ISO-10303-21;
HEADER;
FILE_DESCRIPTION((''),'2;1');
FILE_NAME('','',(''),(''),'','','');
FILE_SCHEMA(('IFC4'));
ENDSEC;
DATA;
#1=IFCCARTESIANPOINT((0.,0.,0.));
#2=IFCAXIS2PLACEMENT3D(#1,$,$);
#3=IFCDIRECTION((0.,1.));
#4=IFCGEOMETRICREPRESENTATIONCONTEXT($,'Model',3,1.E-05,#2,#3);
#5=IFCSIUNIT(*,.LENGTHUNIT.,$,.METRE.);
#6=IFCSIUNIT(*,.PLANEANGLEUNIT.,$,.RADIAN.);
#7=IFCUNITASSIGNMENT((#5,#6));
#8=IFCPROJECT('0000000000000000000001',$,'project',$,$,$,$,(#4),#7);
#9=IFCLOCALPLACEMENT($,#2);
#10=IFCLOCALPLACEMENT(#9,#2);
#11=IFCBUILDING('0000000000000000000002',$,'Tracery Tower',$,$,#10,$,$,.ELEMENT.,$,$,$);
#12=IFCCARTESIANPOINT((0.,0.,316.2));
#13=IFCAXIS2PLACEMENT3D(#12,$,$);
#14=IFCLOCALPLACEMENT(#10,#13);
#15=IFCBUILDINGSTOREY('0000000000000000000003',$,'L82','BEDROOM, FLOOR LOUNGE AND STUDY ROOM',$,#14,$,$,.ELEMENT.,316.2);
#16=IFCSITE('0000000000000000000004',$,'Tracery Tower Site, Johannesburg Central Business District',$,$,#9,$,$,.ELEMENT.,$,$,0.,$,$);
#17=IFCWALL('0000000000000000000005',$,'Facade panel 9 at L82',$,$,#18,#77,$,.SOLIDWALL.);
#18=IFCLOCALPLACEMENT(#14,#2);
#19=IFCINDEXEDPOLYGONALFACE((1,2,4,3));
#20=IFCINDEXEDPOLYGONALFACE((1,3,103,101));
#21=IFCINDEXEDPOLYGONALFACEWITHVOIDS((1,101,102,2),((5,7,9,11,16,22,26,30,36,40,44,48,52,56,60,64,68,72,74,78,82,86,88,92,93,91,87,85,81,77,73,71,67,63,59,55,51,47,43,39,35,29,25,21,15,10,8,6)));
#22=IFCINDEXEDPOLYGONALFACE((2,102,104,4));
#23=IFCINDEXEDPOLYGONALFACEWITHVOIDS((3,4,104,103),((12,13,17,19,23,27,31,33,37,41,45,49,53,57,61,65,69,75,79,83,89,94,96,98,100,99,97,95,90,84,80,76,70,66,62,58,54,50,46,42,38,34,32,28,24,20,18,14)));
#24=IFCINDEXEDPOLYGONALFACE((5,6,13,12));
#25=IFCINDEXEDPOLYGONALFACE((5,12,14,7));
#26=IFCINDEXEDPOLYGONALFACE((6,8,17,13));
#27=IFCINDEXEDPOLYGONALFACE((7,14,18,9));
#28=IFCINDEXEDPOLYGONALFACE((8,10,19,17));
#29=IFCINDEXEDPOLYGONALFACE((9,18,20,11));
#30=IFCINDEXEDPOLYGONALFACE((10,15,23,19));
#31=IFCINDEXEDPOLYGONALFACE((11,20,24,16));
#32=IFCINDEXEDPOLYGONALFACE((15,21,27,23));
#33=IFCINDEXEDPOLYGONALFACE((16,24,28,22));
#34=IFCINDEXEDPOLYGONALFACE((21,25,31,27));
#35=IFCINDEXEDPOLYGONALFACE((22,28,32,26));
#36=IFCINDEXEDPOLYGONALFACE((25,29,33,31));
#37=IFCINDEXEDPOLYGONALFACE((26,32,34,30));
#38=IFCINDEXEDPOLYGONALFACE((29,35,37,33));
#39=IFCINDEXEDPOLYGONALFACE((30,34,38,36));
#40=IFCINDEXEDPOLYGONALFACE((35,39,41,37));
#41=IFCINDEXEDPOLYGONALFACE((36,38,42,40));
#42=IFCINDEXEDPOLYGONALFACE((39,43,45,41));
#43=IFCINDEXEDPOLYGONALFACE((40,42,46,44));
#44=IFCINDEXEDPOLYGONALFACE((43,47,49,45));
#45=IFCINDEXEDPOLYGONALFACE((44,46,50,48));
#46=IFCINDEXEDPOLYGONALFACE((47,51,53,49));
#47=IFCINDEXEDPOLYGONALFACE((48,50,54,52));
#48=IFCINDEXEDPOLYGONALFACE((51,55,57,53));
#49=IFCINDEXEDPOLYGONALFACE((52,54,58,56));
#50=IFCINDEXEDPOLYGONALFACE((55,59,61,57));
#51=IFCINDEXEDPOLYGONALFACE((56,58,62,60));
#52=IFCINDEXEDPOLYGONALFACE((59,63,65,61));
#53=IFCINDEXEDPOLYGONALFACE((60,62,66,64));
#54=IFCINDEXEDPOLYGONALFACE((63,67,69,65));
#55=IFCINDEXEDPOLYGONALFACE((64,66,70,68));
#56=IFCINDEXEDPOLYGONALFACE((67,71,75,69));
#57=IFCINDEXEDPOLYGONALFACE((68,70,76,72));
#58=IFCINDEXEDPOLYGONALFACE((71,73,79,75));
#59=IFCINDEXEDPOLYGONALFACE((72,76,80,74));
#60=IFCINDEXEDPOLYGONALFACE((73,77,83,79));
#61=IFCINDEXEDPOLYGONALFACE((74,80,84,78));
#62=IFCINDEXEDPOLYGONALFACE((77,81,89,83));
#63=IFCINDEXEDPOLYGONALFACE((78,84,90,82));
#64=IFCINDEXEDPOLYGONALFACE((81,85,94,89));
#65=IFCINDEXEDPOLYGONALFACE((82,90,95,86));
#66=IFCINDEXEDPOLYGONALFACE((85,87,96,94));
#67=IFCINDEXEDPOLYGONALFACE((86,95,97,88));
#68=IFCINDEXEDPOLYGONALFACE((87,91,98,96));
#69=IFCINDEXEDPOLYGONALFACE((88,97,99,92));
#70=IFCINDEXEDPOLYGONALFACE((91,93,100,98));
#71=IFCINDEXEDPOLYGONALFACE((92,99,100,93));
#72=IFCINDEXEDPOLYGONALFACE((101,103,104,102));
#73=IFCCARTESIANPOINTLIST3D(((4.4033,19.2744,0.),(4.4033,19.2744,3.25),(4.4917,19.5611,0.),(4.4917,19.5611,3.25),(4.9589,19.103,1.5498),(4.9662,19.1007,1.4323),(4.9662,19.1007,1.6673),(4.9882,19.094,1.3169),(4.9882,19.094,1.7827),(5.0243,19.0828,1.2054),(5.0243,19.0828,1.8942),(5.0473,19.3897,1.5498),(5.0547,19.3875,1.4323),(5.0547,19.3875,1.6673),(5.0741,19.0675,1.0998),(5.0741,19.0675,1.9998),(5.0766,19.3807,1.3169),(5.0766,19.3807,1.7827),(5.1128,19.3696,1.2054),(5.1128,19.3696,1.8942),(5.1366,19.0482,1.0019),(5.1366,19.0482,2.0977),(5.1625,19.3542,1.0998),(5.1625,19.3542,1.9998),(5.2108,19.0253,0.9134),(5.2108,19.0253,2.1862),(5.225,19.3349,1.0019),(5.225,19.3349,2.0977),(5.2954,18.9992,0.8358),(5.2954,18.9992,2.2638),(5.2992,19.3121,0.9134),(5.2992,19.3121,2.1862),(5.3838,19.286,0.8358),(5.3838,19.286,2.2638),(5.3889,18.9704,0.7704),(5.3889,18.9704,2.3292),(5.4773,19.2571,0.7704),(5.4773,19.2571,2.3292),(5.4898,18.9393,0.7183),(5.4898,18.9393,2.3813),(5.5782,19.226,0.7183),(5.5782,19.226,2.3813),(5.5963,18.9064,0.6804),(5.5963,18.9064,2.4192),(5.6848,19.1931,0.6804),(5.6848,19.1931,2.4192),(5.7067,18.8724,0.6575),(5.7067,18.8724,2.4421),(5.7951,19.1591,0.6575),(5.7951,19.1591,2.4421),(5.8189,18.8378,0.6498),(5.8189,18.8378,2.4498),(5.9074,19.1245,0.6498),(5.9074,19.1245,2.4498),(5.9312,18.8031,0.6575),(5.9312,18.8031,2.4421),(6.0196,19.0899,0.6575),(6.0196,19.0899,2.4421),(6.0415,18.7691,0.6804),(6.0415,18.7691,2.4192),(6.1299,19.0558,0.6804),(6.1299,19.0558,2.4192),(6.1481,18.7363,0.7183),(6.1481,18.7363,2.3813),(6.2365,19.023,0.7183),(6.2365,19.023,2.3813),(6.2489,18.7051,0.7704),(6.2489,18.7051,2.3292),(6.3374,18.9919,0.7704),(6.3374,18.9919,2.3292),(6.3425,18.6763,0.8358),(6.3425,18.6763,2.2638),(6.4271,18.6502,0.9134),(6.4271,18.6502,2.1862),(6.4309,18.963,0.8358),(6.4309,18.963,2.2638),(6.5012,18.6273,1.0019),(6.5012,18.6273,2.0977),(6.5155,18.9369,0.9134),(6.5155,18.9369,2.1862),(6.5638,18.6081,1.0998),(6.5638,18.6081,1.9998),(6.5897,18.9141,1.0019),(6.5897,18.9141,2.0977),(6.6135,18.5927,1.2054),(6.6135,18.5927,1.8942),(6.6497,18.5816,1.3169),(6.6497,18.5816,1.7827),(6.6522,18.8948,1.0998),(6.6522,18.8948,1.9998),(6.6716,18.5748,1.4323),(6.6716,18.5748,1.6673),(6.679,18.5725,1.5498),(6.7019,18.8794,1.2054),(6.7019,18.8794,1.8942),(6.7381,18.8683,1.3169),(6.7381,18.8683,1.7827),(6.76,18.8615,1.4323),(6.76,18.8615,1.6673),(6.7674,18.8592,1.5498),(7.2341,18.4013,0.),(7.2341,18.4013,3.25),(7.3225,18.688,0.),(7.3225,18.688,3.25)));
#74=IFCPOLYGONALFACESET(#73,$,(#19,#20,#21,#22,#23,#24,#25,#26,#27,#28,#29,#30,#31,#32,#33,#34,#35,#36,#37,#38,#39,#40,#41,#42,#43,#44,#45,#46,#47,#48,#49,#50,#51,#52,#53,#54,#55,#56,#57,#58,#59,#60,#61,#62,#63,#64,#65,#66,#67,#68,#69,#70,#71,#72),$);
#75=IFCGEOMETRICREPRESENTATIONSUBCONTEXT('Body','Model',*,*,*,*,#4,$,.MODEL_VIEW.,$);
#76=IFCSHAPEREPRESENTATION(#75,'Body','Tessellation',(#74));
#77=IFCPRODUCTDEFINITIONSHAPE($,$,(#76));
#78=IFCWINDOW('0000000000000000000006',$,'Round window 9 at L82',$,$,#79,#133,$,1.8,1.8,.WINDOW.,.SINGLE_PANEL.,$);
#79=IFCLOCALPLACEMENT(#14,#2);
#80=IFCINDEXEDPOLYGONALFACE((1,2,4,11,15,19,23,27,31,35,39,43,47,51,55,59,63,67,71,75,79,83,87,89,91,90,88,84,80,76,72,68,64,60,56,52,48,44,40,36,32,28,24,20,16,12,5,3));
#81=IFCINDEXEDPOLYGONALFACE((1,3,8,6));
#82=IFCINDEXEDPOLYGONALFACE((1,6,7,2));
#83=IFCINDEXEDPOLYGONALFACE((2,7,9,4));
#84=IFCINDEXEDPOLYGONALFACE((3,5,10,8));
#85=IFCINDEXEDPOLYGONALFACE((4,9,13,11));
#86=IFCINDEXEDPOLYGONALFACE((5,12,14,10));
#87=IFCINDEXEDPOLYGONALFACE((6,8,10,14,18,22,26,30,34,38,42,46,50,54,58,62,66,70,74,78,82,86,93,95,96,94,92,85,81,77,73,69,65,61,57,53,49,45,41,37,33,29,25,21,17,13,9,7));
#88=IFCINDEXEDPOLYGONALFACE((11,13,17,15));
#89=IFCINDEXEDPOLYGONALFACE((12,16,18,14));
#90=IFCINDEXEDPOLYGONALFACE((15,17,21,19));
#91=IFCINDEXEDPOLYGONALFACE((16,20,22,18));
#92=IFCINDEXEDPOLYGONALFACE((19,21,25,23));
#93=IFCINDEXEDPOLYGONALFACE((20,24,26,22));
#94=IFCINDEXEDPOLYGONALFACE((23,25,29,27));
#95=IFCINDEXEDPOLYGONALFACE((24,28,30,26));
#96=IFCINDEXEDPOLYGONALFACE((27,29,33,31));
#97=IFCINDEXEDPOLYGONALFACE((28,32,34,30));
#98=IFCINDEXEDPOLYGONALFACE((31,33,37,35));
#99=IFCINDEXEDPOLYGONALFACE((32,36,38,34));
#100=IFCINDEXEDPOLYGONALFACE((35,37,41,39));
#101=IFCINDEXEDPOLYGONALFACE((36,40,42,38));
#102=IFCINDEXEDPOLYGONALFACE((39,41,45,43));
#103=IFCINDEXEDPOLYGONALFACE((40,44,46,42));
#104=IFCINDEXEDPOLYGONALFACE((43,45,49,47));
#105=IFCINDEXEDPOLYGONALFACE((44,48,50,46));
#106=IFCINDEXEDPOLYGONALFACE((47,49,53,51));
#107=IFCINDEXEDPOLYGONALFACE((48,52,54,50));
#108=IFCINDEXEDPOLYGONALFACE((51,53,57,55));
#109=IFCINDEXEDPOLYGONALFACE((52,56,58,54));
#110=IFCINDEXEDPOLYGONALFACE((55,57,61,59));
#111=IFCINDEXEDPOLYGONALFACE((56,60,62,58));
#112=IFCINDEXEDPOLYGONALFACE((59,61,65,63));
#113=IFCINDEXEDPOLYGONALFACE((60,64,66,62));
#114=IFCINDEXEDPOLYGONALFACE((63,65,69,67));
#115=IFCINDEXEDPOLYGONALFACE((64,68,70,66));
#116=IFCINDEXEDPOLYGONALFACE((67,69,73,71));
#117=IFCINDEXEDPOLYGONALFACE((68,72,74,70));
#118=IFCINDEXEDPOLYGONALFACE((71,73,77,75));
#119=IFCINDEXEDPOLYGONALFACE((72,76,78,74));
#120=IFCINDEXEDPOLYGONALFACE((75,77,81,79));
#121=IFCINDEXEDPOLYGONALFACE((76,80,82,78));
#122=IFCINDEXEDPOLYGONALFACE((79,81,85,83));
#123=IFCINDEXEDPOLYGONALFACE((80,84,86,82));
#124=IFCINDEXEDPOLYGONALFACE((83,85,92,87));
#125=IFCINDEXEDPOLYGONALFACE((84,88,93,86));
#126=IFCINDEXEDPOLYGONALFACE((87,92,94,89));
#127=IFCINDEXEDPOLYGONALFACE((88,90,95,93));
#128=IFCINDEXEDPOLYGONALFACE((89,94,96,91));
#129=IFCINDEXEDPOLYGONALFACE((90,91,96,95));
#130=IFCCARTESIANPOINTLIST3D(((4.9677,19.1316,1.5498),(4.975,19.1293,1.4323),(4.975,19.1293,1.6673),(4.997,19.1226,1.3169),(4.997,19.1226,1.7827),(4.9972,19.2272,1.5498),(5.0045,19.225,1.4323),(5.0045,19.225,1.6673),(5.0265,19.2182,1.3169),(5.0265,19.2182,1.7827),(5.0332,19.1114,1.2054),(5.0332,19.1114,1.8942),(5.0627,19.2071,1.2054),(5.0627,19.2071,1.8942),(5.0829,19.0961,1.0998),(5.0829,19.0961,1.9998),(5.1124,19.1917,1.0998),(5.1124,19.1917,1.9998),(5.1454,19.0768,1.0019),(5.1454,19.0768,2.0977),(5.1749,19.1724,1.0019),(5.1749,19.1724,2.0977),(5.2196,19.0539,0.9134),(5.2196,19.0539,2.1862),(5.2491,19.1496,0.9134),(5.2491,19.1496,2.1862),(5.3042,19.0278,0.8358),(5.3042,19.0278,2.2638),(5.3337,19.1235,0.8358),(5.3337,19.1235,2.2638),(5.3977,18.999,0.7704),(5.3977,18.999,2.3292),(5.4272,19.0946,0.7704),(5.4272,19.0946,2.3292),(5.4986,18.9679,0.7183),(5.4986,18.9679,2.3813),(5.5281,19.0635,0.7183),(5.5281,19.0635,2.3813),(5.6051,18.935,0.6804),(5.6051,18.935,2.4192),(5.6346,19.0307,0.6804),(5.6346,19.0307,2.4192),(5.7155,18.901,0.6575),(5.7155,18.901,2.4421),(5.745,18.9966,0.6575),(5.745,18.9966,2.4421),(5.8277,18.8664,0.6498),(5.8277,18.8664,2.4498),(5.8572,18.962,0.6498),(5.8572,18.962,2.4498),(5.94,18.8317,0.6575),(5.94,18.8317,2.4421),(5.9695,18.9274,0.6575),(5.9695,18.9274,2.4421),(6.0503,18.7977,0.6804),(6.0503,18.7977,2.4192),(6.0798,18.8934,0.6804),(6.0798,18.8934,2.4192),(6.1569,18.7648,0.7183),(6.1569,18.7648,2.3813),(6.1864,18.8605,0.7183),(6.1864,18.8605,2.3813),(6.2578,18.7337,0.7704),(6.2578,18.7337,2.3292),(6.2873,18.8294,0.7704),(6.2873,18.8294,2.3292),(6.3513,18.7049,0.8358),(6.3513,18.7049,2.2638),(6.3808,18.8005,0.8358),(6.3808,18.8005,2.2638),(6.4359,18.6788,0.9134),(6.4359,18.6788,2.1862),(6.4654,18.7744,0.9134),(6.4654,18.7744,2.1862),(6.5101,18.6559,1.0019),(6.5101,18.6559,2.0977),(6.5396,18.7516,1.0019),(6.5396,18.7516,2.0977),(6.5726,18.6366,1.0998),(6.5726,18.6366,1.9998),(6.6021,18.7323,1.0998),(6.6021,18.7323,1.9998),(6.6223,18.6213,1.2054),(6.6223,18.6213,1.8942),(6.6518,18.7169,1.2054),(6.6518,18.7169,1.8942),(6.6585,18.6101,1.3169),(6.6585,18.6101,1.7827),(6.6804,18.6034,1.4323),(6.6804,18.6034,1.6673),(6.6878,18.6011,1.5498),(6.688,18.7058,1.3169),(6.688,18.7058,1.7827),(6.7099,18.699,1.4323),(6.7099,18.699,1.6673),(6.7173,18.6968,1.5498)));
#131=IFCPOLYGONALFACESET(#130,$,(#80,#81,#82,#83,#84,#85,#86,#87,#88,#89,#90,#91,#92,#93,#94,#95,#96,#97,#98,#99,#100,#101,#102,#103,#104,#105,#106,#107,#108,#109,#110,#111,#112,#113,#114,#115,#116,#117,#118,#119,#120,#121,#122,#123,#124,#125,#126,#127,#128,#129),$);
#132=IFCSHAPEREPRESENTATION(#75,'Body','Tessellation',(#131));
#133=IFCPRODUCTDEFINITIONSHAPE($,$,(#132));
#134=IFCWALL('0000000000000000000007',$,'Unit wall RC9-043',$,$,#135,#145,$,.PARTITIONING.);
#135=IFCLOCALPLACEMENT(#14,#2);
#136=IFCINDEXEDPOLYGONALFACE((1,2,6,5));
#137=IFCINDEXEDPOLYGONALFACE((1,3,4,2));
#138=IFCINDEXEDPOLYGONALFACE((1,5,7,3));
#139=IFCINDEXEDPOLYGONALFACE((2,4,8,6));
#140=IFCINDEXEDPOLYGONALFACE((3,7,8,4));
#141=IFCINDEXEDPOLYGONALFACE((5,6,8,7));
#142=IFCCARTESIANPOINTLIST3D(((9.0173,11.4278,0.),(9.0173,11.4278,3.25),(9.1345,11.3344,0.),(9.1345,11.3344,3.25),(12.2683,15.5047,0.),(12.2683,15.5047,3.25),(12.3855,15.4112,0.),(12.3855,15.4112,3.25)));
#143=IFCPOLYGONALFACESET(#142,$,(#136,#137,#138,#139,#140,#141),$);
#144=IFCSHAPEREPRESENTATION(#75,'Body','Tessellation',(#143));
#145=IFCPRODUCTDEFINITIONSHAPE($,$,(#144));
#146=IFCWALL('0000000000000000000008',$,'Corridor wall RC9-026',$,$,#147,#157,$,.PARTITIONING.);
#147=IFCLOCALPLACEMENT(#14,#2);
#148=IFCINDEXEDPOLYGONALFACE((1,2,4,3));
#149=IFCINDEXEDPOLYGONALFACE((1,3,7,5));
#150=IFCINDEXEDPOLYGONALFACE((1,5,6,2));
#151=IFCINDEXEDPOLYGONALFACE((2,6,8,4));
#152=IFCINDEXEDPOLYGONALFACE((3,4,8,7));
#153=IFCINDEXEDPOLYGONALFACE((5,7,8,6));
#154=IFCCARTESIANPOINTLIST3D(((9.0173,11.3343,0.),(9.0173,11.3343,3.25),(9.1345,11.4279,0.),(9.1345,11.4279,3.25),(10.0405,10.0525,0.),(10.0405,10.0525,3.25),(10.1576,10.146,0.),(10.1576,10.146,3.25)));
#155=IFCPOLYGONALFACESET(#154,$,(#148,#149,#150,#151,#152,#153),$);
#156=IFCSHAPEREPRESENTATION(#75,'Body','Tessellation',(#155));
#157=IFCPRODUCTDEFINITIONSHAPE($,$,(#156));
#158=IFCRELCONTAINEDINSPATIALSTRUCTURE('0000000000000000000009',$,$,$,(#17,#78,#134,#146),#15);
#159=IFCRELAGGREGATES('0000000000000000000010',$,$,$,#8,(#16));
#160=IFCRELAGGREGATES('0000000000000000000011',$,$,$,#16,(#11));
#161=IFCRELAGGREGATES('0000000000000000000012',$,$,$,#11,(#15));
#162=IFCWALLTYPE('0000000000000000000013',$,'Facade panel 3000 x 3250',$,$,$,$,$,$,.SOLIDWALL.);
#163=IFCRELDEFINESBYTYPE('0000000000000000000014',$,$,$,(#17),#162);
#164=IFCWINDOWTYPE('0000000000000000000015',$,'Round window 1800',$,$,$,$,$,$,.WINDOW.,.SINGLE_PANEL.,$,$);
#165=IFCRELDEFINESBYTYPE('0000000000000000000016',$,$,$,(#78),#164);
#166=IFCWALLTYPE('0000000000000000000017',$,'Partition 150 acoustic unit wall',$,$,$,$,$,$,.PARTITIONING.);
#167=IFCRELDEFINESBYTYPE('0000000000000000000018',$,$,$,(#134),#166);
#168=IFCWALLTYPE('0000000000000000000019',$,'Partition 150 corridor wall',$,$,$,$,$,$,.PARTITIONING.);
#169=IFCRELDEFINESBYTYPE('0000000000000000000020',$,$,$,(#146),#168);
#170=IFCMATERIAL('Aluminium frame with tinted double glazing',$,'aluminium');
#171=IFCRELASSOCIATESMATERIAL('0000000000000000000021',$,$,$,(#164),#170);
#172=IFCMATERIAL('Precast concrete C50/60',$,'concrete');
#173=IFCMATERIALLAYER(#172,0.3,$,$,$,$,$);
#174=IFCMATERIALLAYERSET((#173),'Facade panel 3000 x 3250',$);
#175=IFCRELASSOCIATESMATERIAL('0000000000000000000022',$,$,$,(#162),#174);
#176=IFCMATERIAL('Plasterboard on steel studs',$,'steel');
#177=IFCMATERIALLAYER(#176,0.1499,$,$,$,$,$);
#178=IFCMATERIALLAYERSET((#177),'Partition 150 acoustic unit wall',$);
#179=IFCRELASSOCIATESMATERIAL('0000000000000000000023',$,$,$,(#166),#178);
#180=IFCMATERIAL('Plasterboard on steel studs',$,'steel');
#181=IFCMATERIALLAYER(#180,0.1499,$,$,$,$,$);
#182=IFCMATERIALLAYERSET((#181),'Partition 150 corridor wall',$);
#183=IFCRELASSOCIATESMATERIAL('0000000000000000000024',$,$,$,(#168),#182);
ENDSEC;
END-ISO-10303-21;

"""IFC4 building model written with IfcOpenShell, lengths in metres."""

from ifc_helpers import new_model, si_unit, direction, frame, frame_2d, origin, origin_2d, place, context, subcontext, project, spatial, rectangle, circle, extrude, material, layer, layer_set, type_object, element, fill, save


model = new_model("IFC4")

# Units and contexts
model_context = context("Model", 3, precision=1e-05, world=origin(), true_north=direction((0.0, 1.0)))
body_context = subcontext(model_context, "Body", "Model", "MODEL_VIEW")
ifc_project = project(units=[si_unit("LENGTHUNIT", "METRE"), si_unit("PLANEANGLEUNIT", "RADIAN")], contexts=[model_context])

# Site, building, storey
site_placement = place(None, origin())
site = spatial("IfcSite", under=ifc_project, at=site_placement, Name="Tracery Tower Site, Johannesburg Central Business District", CompositionType="ELEMENT", RefElevation=0.0)
building_placement = place(site_placement, origin())
building = spatial("IfcBuilding", under=site, at=building_placement, Name="Tracery Tower", CompositionType="ELEMENT")
storey_placement = place(building_placement, frame((0.0, 0.0, 316.2)))
storey = spatial("IfcBuildingStorey", under=building, at=storey_placement, Name="L82", Description="BEDROOM, FLOOR LOUNGE AND STUDY ROOM", CompositionType="ELEMENT", Elevation=316.2)

# Wall, opening, window
ifc_material_1 = material(Name="Aluminium frame with tinted double glazing", Category="aluminium")
window_type = type_object("IfcWindowType", Name="Round window 1800", PartitioningType="SINGLE_PANEL", PredefinedType="WINDOW", material=ifc_material_1)
ifc_material_2 = material(Name="Precast concrete C50/60", Category="concrete")
ifc_layer_1 = layer(ifc_material_2, 0.3)
ifc_layer_set_1 = layer_set([ifc_layer_1], Name="Facade panel 3000 x 3250")
wall_type_1 = type_object("IfcWallType", Name="Facade panel 3000 x 3250", PredefinedType="SOLIDWALL", material=ifc_layer_set_1)
wall_1_placement = place(storey_placement, frame((7.2783, 18.5447, 0.0), z_axis=(0.0, 0.0, 1.0), x_axis=(-0.955586, 0.294711, 0.0)))
wall_1 = element("IfcWall", 1, at=wall_1_placement, inside=storey, type_object=wall_type_1, Name="Facade panel 9 at L82", PredefinedType="SOLIDWALL", context=body_context, shape_type="SweptSolid", body=[
    extrude(rectangle(XDim=2.9624, YDim=0.3, at=frame_2d((1.4812, 0.0))), origin(), (0.0, 0.0, 1.0), 3.25),
])
opening_1_placement = place(wall_1_placement, frame((1.481, 0.0, 1.5498)))
opening_1 = element("IfcOpeningElement", 2, at=opening_1_placement, cuts=wall_1, PredefinedType="OPENING", context=body_context, shape_type="SweptSolid", body=[
    extrude(circle(Radius=0.9, at=origin_2d()), frame((0.0, 0.1599, 0.0), z_axis=(0.0, -1.0, 0.0), x_axis=(1.0, 0.0, 0.0)), (0.0, 0.0, 1.0), 0.3201),
])
window_1_placement = place(opening_1_placement, origin())
window_1 = element("IfcWindow", 3, at=window_1_placement, inside=storey, type_object=window_type, Name="Round window 9 at L82", OverallHeight=1.8, OverallWidth=1.8, PartitioningType="SINGLE_PANEL", PredefinedType="WINDOW", context=body_context, shape_type="SweptSolid", body=[
    extrude(circle(Radius=0.9, at=origin_2d()), frame((0.0, 0.1201, 0.0), z_axis=(0.0, -1.0, 0.0), x_axis=(1.0, 0.0, 0.0)), (0.0, 0.0, 1.0), 0.1001),
])
fill(opening_1, window_1)

# Walls
ifc_material_3 = material(Name="Plasterboard on steel studs", Category="steel")
ifc_layer_2 = layer(ifc_material_3, 0.1499)
ifc_layer_set_2 = layer_set([ifc_layer_2], Name="Partition 150 acoustic unit wall")
wall_type_2 = type_object("IfcWallType", Name="Partition 150 acoustic unit wall", PredefinedType="PARTITIONING", material=ifc_layer_set_2)
wall_2_placement = place(storey_placement, frame((9.0759, 11.3811, 0.0), z_axis=(0.0, 0.0, 1.0), x_axis=(0.623461, 0.781854, 0.0)))
element("IfcWall", 4, at=wall_2_placement, inside=storey, type_object=wall_type_2, Name="Unit wall RC9-043", PredefinedType="PARTITIONING", context=body_context, shape_type="SweptSolid", body=[
    extrude(rectangle(XDim=5.2144, YDim=0.1499, at=frame_2d((2.6072, 0.0))), origin(), (0.0, 0.0, 1.0), 3.25),
])
ifc_material_4 = material(Name="Plasterboard on steel studs", Category="steel")
ifc_layer_3 = layer(ifc_material_4, 0.1499)
ifc_layer_set_3 = layer_set([ifc_layer_3], Name="Partition 150 corridor wall")
wall_type_3 = type_object("IfcWallType", Name="Partition 150 corridor wall", PredefinedType="PARTITIONING", material=ifc_layer_set_3)
wall_3_placement = place(storey_placement, frame((9.0759, 11.3811, 0.0), z_axis=(0.0, 0.0, 1.0), x_axis=(0.623805, -0.78158, 0.0)))
element("IfcWall", 5, at=wall_3_placement, inside=storey, type_object=wall_type_3, Name="Corridor wall RC9-026", PredefinedType="PARTITIONING", context=body_context, shape_type="SweptSolid", body=[
    extrude(rectangle(XDim=1.6401, YDim=0.1499, at=frame_2d((0.8201, 0.0))), origin(), (0.0, 0.0, 1.0), 3.25),
])

save(model, "model.ifc")
